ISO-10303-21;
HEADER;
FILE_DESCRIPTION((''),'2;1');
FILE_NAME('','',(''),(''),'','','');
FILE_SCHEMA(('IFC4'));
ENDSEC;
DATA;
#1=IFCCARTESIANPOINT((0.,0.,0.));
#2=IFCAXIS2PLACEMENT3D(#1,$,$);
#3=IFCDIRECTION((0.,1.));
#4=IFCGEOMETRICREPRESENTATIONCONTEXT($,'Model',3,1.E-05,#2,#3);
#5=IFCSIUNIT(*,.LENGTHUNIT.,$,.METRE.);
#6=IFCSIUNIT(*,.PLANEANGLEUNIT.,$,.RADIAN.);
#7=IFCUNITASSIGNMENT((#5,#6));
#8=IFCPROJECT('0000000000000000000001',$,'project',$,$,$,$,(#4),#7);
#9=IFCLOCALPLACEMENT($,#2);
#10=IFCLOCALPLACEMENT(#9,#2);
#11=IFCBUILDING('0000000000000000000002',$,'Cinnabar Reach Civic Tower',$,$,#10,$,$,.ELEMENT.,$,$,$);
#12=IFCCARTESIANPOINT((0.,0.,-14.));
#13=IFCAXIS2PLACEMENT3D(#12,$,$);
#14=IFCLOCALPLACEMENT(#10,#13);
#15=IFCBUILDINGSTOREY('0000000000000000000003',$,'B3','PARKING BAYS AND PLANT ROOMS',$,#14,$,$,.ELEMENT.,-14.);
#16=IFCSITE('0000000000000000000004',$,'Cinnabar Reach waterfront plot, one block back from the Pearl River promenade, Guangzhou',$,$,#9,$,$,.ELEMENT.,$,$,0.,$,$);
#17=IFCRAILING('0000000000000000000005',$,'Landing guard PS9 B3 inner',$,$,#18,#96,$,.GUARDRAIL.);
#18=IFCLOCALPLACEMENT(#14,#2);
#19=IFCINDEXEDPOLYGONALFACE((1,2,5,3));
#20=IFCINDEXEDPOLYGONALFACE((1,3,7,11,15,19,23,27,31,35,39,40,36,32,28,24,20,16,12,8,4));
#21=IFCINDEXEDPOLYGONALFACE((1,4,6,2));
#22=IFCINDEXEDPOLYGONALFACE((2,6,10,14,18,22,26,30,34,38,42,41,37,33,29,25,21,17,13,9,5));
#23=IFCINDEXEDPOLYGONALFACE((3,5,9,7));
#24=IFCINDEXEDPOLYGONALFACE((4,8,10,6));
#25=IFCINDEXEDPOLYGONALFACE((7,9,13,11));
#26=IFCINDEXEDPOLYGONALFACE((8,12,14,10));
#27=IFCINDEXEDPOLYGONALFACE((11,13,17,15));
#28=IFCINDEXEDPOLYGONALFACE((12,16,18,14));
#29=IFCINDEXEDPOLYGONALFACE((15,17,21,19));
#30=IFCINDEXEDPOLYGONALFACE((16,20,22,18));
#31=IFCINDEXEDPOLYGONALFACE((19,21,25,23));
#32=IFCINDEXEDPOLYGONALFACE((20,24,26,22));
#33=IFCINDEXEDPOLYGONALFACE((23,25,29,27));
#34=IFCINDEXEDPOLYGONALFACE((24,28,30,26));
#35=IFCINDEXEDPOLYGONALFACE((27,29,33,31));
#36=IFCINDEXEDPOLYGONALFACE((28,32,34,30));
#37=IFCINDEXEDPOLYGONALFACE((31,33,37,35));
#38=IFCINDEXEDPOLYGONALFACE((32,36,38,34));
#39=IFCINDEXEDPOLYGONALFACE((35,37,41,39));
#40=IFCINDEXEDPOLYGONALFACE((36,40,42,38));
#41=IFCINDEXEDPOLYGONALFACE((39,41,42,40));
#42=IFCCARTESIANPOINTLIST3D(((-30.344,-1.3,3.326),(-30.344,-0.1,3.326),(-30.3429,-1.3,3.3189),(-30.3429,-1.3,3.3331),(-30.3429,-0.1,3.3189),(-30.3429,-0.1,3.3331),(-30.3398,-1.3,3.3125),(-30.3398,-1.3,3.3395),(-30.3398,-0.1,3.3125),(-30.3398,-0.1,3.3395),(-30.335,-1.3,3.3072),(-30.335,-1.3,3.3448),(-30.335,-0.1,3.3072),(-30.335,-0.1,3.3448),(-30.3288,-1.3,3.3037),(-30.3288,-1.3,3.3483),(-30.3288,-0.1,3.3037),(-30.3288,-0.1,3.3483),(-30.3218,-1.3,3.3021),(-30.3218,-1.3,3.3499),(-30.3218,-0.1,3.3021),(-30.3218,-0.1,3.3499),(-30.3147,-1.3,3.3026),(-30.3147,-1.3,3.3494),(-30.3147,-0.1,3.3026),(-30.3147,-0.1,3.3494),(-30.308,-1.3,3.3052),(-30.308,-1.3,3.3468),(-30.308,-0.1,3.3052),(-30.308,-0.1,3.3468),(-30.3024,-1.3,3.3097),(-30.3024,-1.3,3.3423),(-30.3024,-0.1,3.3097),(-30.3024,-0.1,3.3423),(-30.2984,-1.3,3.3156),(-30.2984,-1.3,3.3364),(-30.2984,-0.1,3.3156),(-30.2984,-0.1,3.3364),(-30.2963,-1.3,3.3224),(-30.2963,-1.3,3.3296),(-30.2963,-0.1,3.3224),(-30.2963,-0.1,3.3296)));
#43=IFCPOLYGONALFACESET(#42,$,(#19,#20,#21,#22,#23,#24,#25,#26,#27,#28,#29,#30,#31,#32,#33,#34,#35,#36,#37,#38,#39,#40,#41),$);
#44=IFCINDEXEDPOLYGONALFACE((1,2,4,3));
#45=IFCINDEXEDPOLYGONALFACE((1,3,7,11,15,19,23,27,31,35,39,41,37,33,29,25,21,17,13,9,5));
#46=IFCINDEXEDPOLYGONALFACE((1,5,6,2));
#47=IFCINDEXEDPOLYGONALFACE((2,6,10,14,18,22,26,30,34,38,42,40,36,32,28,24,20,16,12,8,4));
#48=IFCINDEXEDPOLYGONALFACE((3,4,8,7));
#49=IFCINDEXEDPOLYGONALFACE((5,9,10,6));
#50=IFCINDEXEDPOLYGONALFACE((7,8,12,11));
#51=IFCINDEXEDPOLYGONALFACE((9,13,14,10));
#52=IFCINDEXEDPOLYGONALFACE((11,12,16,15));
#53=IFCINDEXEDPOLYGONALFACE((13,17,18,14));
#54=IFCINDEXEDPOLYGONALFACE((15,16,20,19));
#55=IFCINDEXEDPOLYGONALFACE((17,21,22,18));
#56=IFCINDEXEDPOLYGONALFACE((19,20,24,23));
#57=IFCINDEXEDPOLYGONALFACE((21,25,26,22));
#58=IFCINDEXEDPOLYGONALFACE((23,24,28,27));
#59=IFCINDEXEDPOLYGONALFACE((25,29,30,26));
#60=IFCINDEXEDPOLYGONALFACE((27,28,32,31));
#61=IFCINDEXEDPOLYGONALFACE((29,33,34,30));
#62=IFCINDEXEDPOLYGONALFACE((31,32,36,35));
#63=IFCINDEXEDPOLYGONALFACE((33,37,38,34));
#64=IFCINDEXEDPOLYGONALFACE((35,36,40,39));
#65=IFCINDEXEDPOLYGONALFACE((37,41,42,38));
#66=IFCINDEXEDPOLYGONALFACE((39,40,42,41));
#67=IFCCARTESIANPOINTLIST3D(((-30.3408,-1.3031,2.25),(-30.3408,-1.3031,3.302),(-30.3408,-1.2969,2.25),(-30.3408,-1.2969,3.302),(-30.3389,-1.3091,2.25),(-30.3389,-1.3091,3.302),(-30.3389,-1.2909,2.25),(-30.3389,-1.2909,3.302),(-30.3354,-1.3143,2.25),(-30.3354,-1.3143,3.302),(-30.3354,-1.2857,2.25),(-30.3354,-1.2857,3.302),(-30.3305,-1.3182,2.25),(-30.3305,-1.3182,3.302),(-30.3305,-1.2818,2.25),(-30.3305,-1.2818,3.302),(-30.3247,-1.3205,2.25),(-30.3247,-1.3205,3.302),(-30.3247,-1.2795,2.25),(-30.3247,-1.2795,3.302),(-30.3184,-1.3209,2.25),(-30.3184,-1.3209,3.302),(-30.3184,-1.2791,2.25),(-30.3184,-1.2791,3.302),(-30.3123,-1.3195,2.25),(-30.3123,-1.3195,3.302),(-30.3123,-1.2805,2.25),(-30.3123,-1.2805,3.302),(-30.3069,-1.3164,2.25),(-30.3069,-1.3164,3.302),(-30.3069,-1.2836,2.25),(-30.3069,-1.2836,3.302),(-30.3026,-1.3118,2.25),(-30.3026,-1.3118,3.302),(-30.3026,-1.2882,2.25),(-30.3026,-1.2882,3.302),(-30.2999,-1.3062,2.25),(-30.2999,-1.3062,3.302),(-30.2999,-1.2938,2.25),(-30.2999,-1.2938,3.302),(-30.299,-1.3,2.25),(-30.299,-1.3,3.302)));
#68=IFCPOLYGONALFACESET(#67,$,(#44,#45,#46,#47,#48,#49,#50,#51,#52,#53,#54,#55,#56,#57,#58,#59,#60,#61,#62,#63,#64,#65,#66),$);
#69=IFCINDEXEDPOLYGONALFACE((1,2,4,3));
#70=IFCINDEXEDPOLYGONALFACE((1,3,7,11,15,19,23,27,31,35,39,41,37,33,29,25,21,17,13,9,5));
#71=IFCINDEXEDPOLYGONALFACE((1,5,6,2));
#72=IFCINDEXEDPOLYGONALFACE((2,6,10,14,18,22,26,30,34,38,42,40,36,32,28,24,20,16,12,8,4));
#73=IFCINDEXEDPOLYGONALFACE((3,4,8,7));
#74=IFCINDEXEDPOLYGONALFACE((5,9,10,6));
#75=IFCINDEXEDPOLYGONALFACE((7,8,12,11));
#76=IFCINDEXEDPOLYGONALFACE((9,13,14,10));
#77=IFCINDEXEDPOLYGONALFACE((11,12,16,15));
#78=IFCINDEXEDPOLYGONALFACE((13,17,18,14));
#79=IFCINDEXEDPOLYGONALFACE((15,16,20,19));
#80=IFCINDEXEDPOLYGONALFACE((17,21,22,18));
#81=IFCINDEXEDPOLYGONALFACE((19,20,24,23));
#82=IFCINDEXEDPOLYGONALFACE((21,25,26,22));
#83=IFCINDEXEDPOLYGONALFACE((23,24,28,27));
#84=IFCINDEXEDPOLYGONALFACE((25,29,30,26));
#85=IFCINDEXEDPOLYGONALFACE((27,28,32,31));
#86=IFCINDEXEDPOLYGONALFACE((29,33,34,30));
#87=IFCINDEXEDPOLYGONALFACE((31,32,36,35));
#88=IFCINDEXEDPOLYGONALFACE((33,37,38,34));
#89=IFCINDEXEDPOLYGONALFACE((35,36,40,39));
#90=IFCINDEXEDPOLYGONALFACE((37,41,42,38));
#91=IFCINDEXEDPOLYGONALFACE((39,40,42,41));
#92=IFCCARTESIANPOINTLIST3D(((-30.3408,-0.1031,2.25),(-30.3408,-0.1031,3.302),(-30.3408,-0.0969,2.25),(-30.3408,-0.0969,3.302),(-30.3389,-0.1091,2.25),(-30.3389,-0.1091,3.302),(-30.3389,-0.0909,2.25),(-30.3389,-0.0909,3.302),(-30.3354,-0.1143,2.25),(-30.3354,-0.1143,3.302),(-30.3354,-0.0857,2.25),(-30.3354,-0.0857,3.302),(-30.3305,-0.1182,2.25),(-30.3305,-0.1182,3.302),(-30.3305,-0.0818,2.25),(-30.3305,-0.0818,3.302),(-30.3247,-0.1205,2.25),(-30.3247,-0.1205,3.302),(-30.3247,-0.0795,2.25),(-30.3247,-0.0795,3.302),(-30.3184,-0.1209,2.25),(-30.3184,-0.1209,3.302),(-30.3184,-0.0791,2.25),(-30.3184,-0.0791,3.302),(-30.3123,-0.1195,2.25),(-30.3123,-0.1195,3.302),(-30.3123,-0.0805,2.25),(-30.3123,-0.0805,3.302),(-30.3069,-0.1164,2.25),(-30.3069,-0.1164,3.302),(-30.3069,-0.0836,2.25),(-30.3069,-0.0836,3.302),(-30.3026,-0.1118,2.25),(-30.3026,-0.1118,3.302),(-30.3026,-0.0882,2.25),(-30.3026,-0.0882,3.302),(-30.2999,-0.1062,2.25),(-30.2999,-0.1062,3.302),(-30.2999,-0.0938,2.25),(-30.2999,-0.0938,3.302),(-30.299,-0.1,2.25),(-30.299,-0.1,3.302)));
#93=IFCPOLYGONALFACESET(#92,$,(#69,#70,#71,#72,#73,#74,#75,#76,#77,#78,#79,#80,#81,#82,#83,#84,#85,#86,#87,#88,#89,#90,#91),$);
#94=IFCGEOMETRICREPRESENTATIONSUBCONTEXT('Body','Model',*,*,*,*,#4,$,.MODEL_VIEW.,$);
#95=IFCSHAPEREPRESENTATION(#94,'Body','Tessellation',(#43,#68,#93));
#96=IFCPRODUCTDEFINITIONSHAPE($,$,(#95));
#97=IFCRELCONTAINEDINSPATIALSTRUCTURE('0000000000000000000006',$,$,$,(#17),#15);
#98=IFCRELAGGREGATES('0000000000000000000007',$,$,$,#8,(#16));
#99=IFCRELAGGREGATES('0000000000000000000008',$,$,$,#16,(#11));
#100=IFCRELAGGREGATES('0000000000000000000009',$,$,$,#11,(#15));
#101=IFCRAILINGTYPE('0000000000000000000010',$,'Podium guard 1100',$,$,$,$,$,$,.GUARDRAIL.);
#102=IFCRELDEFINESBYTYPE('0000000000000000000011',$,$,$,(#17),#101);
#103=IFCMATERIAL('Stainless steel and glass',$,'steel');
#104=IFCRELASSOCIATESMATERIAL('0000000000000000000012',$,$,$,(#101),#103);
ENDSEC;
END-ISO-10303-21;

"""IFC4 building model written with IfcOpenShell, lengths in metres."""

from ifc_helpers import new_model, si_unit, direction, frame, origin, origin_2d, place, context, subcontext, project, spatial, circle, extrude, material, type_object, element, save


model = new_model("IFC4")

# Units and contexts
model_context = context("Model", 3, precision=1e-05, world=origin(), true_north=direction((0.0, 1.0)))
body_context = subcontext(model_context, "Body", "Model", "MODEL_VIEW")
ifc_project = project(units=[si_unit("LENGTHUNIT", "METRE"), si_unit("PLANEANGLEUNIT", "RADIAN")], contexts=[model_context])

# Site, building, storey
site_placement = place(None, origin())
site = spatial("IfcSite", under=ifc_project, at=site_placement, Name="Cinnabar Reach waterfront plot, one block back from the Pearl River promenade, Guangzhou", CompositionType="ELEMENT", RefElevation=0.0)
building_placement = place(site_placement, origin())
building = spatial("IfcBuilding", under=site, at=building_placement, Name="Cinnabar Reach Civic Tower", CompositionType="ELEMENT")
storey_placement = place(building_placement, frame((0.0, 0.0, -14.0)))
storey = spatial("IfcBuildingStorey", under=building, at=storey_placement, Name="B3", Description="PARKING BAYS AND PLANT ROOMS", CompositionType="ELEMENT", Elevation=-14.0)

# Railing
ifc_material_1 = material(Name="Stainless steel and glass", Category="steel")
railing_type_1 = type_object("IfcRailingType", Name="Podium guard 1100", PredefinedType="GUARDRAIL", material=ifc_material_1)
railing_1_placement = place(storey_placement, frame((-30.32, -1.3, 2.25)))
element("IfcRailing", 1, at=railing_1_placement, inside=storey, type_object=railing_type_1, Name="Landing guard PS9 B3 inner", PredefinedType="GUARDRAIL", context=body_context, shape_type="SweptSolid", body=[
    extrude(circle(Radius=0.024, at=origin_2d()), frame((0.0, 0.0, 1.076), z_axis=(0.0, 1.0, 0.0), x_axis=(-1.0, 0.0, 0.0)), (0.0, 0.0, 1.0), 1.2),
    extrude(circle(Radius=0.021, at=origin_2d()), origin(), (0.0, 0.0, 1.0), 1.052),
    extrude(circle(Radius=0.021, at=origin_2d()), frame((0.0, 1.2, 0.0)), (0.0, 0.0, 1.0), 1.052),
])

save(model, "model.ifc")
